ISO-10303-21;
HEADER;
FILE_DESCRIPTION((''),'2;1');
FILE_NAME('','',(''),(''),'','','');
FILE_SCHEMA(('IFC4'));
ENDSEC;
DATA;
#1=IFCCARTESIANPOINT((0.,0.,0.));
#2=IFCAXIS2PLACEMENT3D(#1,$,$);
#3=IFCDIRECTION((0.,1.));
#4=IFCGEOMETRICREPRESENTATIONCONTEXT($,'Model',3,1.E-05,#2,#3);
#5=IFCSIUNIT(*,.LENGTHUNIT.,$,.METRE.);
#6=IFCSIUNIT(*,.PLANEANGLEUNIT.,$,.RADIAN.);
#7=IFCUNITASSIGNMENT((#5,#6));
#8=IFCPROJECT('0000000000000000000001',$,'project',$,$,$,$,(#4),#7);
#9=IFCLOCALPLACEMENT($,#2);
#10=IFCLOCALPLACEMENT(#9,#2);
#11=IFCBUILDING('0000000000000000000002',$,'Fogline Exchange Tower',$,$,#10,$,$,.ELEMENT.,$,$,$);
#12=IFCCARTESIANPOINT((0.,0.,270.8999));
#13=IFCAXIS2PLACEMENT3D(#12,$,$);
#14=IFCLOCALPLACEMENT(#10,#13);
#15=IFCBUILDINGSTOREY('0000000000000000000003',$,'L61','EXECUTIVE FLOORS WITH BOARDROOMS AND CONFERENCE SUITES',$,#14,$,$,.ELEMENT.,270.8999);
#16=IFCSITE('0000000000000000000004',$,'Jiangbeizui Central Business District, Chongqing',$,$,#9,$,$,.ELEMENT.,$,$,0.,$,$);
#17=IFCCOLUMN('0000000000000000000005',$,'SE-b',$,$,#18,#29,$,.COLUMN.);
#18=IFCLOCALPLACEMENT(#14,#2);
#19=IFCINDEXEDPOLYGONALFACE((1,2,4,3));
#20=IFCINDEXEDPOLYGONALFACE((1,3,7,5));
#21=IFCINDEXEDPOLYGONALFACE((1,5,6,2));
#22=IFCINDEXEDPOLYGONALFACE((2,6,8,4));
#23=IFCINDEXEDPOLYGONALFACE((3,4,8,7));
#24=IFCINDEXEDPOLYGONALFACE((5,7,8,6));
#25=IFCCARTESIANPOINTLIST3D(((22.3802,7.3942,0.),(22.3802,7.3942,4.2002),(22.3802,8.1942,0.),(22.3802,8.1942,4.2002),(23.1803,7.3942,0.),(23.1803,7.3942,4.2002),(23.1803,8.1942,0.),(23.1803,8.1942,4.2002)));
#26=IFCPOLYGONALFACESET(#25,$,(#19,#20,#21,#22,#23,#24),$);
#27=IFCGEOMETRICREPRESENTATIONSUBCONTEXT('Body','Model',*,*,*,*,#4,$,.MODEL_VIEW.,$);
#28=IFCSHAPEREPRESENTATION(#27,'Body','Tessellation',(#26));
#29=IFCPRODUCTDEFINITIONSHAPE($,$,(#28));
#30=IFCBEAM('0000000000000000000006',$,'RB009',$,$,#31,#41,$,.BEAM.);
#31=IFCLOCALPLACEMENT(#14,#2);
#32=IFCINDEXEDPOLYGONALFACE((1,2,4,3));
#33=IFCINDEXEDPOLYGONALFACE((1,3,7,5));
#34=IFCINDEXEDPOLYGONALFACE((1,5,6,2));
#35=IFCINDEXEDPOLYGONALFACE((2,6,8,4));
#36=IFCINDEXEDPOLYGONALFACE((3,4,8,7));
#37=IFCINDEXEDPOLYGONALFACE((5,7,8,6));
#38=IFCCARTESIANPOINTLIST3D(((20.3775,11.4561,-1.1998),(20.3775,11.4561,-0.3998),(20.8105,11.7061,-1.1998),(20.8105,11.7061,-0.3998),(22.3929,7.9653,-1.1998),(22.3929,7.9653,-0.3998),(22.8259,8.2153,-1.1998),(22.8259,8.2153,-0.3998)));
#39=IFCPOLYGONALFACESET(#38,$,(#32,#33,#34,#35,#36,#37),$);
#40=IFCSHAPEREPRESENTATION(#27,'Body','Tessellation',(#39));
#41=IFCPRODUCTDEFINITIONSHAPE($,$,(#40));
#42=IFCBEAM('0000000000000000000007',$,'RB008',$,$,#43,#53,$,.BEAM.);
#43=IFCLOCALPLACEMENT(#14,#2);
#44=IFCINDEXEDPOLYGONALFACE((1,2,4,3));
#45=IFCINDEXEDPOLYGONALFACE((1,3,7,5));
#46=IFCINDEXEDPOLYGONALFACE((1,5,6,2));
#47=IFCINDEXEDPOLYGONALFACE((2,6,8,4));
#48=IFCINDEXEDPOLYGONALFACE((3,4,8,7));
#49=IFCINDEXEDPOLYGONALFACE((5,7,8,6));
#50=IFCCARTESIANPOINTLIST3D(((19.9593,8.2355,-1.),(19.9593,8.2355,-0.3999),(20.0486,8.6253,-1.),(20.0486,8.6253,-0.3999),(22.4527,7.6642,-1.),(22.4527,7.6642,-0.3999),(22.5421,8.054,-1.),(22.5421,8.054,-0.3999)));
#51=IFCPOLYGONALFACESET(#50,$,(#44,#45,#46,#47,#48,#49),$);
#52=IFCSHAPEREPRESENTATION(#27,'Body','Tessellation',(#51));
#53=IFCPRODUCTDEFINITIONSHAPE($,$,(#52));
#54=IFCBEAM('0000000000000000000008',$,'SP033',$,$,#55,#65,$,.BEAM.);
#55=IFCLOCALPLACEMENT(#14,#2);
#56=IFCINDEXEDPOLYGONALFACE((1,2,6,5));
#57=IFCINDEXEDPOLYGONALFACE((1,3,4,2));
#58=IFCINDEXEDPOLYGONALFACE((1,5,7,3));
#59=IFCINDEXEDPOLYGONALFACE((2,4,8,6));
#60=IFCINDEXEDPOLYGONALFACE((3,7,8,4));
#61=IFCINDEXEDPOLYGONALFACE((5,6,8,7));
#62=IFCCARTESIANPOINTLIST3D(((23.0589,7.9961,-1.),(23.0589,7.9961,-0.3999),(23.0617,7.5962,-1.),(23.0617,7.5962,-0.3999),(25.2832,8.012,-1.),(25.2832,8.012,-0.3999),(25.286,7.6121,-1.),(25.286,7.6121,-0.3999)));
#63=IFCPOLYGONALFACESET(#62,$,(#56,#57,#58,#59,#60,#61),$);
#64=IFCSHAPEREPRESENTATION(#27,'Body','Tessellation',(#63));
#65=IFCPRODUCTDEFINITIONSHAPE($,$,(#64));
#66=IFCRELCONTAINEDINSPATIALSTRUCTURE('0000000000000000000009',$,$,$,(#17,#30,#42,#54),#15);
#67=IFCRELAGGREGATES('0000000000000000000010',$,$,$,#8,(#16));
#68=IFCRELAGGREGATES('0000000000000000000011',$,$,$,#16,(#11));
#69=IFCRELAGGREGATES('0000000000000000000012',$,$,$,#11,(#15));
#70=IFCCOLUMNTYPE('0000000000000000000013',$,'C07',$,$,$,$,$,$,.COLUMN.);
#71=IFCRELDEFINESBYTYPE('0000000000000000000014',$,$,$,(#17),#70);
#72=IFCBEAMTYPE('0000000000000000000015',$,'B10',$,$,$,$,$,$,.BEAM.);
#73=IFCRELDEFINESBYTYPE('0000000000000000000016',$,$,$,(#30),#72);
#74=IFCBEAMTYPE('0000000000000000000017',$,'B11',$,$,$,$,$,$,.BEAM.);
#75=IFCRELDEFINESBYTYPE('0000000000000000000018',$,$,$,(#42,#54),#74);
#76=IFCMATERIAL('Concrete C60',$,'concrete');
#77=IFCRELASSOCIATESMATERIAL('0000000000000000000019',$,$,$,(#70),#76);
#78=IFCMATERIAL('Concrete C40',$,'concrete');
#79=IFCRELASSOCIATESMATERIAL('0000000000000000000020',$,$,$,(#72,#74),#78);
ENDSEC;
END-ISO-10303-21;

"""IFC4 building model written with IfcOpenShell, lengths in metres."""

from ifc_helpers import new_model, si_unit, direction, frame, origin, origin_2d, place, context, subcontext, project, spatial, rectangle, extrude, material, material_profile, profile_set, type_object, element, save


model = new_model("IFC4")

# Units and contexts
model_context = context("Model", 3, precision=1e-05, world=origin(), true_north=direction((0.0, 1.0)))
body_context = subcontext(model_context, "Body", "Model", "MODEL_VIEW")
ifc_project = project(units=[si_unit("LENGTHUNIT", "METRE"), si_unit("PLANEANGLEUNIT", "RADIAN")], contexts=[model_context])

# Site, building, storey
site_placement = place(None, origin())
site = spatial("IfcSite", under=ifc_project, at=site_placement, Name="Jiangbeizui Central Business District, Chongqing", CompositionType="ELEMENT", RefElevation=0.0)
building_placement = place(site_placement, origin())
building = spatial("IfcBuilding", under=site, at=building_placement, Name="Fogline Exchange Tower", CompositionType="ELEMENT")
storey_placement = place(building_placement, frame((0.0, 0.0, 270.8999)))
storey = spatial("IfcBuildingStorey", under=building, at=storey_placement, Name="L61", Description="EXECUTIVE FLOORS WITH BOARDROOMS AND CONFERENCE SUITES", CompositionType="ELEMENT", Elevation=270.8999)

# Column
ifc_material_1 = material(Name="Concrete C60", Category="concrete")
ifc_material_profile_1 = material_profile(ifc_material_1, rectangle(XDim=0.8, YDim=0.8, at=origin_2d()), Name="RC 800x800")
ifc_profile_set_1 = profile_set([ifc_material_profile_1], Name="Concrete C60")
column_type = type_object("IfcColumnType", Name="C07", PredefinedType="COLUMN", material=ifc_profile_set_1)
column_placement = place(storey_placement, frame((22.7803, 7.7942, 0.0), z_axis=(0.0, 0.0, 1.0), x_axis=(1.0, 0.0, 0.0)))
element("IfcColumn", 1, at=column_placement, inside=storey, type_object=column_type, Name="SE-b", PredefinedType="COLUMN", context=body_context, shape_type="SweptSolid", body=[
    extrude(rectangle(XDim=0.8, YDim=0.8, at=origin_2d()), origin(), (0.0, 0.0, 1.0), 4.2002),
])

# Beams
ifc_material_2 = material(Name="Concrete C40", Category="concrete")
ifc_material_profile_2 = material_profile(ifc_material_2, rectangle(XDim=0.5, YDim=0.8, at=origin_2d()), Name="RC 500x800")
ifc_profile_set_2 = profile_set([ifc_material_profile_2], Name="Concrete C40")
beam_type_1 = type_object("IfcBeamType", Name="B10", PredefinedType="BEAM", material=ifc_profile_set_2)
beam_1_placement = place(storey_placement, frame((22.6094, 8.0903, -0.7998), z_axis=(-0.500002, 0.866024, 0.0), x_axis=(-0.866024, -0.500002, 0.0)))
element("IfcBeam", 2, at=beam_1_placement, inside=storey, type_object=beam_type_1, Name="RB009", PredefinedType="BEAM", context=body_context, shape_type="SweptSolid", body=[
    extrude(rectangle(XDim=0.5, YDim=0.8, at=origin_2d()), origin(), (0.0, 0.0, 1.0), 4.0308),
])
ifc_material_profile_3 = material_profile(ifc_material_2, rectangle(XDim=0.3999, YDim=0.6001, at=origin_2d()), Name="RC 400x600")
ifc_profile_set_3 = profile_set([ifc_material_profile_3], Name="Concrete C40")
beam_type_2 = type_object("IfcBeamType", Name="B11", PredefinedType="BEAM", material=ifc_profile_set_3)
beam_2_placement = place(storey_placement, frame((20.0039, 8.4304, -0.7), z_axis=(0.974742, -0.223333, 0.0), x_axis=(0.223333, 0.974742, 0.0)))
element("IfcBeam", 3, at=beam_2_placement, inside=storey, type_object=beam_type_2, Name="RB008", PredefinedType="BEAM", context=body_context, shape_type="SweptSolid", body=[
    extrude(rectangle(XDim=0.3999, YDim=0.6001, at=origin_2d()), origin(), (0.0, 0.0, 1.0), 2.5581),
])
beam_3_placement = place(storey_placement, frame((23.0603, 7.7961, -0.7), z_axis=(0.999975, 0.007134, 0.0), x_axis=(-0.007134, 0.999975, 0.0)))
element("IfcBeam", 4, at=beam_3_placement, inside=storey, type_object=beam_type_2, Name="SP033", PredefinedType="BEAM", context=body_context, shape_type="SweptSolid", body=[
    extrude(rectangle(XDim=0.3999, YDim=0.6001, at=origin_2d()), origin(), (0.0, 0.0, 1.0), 2.2244),
])

save(model, "model.ifc")
